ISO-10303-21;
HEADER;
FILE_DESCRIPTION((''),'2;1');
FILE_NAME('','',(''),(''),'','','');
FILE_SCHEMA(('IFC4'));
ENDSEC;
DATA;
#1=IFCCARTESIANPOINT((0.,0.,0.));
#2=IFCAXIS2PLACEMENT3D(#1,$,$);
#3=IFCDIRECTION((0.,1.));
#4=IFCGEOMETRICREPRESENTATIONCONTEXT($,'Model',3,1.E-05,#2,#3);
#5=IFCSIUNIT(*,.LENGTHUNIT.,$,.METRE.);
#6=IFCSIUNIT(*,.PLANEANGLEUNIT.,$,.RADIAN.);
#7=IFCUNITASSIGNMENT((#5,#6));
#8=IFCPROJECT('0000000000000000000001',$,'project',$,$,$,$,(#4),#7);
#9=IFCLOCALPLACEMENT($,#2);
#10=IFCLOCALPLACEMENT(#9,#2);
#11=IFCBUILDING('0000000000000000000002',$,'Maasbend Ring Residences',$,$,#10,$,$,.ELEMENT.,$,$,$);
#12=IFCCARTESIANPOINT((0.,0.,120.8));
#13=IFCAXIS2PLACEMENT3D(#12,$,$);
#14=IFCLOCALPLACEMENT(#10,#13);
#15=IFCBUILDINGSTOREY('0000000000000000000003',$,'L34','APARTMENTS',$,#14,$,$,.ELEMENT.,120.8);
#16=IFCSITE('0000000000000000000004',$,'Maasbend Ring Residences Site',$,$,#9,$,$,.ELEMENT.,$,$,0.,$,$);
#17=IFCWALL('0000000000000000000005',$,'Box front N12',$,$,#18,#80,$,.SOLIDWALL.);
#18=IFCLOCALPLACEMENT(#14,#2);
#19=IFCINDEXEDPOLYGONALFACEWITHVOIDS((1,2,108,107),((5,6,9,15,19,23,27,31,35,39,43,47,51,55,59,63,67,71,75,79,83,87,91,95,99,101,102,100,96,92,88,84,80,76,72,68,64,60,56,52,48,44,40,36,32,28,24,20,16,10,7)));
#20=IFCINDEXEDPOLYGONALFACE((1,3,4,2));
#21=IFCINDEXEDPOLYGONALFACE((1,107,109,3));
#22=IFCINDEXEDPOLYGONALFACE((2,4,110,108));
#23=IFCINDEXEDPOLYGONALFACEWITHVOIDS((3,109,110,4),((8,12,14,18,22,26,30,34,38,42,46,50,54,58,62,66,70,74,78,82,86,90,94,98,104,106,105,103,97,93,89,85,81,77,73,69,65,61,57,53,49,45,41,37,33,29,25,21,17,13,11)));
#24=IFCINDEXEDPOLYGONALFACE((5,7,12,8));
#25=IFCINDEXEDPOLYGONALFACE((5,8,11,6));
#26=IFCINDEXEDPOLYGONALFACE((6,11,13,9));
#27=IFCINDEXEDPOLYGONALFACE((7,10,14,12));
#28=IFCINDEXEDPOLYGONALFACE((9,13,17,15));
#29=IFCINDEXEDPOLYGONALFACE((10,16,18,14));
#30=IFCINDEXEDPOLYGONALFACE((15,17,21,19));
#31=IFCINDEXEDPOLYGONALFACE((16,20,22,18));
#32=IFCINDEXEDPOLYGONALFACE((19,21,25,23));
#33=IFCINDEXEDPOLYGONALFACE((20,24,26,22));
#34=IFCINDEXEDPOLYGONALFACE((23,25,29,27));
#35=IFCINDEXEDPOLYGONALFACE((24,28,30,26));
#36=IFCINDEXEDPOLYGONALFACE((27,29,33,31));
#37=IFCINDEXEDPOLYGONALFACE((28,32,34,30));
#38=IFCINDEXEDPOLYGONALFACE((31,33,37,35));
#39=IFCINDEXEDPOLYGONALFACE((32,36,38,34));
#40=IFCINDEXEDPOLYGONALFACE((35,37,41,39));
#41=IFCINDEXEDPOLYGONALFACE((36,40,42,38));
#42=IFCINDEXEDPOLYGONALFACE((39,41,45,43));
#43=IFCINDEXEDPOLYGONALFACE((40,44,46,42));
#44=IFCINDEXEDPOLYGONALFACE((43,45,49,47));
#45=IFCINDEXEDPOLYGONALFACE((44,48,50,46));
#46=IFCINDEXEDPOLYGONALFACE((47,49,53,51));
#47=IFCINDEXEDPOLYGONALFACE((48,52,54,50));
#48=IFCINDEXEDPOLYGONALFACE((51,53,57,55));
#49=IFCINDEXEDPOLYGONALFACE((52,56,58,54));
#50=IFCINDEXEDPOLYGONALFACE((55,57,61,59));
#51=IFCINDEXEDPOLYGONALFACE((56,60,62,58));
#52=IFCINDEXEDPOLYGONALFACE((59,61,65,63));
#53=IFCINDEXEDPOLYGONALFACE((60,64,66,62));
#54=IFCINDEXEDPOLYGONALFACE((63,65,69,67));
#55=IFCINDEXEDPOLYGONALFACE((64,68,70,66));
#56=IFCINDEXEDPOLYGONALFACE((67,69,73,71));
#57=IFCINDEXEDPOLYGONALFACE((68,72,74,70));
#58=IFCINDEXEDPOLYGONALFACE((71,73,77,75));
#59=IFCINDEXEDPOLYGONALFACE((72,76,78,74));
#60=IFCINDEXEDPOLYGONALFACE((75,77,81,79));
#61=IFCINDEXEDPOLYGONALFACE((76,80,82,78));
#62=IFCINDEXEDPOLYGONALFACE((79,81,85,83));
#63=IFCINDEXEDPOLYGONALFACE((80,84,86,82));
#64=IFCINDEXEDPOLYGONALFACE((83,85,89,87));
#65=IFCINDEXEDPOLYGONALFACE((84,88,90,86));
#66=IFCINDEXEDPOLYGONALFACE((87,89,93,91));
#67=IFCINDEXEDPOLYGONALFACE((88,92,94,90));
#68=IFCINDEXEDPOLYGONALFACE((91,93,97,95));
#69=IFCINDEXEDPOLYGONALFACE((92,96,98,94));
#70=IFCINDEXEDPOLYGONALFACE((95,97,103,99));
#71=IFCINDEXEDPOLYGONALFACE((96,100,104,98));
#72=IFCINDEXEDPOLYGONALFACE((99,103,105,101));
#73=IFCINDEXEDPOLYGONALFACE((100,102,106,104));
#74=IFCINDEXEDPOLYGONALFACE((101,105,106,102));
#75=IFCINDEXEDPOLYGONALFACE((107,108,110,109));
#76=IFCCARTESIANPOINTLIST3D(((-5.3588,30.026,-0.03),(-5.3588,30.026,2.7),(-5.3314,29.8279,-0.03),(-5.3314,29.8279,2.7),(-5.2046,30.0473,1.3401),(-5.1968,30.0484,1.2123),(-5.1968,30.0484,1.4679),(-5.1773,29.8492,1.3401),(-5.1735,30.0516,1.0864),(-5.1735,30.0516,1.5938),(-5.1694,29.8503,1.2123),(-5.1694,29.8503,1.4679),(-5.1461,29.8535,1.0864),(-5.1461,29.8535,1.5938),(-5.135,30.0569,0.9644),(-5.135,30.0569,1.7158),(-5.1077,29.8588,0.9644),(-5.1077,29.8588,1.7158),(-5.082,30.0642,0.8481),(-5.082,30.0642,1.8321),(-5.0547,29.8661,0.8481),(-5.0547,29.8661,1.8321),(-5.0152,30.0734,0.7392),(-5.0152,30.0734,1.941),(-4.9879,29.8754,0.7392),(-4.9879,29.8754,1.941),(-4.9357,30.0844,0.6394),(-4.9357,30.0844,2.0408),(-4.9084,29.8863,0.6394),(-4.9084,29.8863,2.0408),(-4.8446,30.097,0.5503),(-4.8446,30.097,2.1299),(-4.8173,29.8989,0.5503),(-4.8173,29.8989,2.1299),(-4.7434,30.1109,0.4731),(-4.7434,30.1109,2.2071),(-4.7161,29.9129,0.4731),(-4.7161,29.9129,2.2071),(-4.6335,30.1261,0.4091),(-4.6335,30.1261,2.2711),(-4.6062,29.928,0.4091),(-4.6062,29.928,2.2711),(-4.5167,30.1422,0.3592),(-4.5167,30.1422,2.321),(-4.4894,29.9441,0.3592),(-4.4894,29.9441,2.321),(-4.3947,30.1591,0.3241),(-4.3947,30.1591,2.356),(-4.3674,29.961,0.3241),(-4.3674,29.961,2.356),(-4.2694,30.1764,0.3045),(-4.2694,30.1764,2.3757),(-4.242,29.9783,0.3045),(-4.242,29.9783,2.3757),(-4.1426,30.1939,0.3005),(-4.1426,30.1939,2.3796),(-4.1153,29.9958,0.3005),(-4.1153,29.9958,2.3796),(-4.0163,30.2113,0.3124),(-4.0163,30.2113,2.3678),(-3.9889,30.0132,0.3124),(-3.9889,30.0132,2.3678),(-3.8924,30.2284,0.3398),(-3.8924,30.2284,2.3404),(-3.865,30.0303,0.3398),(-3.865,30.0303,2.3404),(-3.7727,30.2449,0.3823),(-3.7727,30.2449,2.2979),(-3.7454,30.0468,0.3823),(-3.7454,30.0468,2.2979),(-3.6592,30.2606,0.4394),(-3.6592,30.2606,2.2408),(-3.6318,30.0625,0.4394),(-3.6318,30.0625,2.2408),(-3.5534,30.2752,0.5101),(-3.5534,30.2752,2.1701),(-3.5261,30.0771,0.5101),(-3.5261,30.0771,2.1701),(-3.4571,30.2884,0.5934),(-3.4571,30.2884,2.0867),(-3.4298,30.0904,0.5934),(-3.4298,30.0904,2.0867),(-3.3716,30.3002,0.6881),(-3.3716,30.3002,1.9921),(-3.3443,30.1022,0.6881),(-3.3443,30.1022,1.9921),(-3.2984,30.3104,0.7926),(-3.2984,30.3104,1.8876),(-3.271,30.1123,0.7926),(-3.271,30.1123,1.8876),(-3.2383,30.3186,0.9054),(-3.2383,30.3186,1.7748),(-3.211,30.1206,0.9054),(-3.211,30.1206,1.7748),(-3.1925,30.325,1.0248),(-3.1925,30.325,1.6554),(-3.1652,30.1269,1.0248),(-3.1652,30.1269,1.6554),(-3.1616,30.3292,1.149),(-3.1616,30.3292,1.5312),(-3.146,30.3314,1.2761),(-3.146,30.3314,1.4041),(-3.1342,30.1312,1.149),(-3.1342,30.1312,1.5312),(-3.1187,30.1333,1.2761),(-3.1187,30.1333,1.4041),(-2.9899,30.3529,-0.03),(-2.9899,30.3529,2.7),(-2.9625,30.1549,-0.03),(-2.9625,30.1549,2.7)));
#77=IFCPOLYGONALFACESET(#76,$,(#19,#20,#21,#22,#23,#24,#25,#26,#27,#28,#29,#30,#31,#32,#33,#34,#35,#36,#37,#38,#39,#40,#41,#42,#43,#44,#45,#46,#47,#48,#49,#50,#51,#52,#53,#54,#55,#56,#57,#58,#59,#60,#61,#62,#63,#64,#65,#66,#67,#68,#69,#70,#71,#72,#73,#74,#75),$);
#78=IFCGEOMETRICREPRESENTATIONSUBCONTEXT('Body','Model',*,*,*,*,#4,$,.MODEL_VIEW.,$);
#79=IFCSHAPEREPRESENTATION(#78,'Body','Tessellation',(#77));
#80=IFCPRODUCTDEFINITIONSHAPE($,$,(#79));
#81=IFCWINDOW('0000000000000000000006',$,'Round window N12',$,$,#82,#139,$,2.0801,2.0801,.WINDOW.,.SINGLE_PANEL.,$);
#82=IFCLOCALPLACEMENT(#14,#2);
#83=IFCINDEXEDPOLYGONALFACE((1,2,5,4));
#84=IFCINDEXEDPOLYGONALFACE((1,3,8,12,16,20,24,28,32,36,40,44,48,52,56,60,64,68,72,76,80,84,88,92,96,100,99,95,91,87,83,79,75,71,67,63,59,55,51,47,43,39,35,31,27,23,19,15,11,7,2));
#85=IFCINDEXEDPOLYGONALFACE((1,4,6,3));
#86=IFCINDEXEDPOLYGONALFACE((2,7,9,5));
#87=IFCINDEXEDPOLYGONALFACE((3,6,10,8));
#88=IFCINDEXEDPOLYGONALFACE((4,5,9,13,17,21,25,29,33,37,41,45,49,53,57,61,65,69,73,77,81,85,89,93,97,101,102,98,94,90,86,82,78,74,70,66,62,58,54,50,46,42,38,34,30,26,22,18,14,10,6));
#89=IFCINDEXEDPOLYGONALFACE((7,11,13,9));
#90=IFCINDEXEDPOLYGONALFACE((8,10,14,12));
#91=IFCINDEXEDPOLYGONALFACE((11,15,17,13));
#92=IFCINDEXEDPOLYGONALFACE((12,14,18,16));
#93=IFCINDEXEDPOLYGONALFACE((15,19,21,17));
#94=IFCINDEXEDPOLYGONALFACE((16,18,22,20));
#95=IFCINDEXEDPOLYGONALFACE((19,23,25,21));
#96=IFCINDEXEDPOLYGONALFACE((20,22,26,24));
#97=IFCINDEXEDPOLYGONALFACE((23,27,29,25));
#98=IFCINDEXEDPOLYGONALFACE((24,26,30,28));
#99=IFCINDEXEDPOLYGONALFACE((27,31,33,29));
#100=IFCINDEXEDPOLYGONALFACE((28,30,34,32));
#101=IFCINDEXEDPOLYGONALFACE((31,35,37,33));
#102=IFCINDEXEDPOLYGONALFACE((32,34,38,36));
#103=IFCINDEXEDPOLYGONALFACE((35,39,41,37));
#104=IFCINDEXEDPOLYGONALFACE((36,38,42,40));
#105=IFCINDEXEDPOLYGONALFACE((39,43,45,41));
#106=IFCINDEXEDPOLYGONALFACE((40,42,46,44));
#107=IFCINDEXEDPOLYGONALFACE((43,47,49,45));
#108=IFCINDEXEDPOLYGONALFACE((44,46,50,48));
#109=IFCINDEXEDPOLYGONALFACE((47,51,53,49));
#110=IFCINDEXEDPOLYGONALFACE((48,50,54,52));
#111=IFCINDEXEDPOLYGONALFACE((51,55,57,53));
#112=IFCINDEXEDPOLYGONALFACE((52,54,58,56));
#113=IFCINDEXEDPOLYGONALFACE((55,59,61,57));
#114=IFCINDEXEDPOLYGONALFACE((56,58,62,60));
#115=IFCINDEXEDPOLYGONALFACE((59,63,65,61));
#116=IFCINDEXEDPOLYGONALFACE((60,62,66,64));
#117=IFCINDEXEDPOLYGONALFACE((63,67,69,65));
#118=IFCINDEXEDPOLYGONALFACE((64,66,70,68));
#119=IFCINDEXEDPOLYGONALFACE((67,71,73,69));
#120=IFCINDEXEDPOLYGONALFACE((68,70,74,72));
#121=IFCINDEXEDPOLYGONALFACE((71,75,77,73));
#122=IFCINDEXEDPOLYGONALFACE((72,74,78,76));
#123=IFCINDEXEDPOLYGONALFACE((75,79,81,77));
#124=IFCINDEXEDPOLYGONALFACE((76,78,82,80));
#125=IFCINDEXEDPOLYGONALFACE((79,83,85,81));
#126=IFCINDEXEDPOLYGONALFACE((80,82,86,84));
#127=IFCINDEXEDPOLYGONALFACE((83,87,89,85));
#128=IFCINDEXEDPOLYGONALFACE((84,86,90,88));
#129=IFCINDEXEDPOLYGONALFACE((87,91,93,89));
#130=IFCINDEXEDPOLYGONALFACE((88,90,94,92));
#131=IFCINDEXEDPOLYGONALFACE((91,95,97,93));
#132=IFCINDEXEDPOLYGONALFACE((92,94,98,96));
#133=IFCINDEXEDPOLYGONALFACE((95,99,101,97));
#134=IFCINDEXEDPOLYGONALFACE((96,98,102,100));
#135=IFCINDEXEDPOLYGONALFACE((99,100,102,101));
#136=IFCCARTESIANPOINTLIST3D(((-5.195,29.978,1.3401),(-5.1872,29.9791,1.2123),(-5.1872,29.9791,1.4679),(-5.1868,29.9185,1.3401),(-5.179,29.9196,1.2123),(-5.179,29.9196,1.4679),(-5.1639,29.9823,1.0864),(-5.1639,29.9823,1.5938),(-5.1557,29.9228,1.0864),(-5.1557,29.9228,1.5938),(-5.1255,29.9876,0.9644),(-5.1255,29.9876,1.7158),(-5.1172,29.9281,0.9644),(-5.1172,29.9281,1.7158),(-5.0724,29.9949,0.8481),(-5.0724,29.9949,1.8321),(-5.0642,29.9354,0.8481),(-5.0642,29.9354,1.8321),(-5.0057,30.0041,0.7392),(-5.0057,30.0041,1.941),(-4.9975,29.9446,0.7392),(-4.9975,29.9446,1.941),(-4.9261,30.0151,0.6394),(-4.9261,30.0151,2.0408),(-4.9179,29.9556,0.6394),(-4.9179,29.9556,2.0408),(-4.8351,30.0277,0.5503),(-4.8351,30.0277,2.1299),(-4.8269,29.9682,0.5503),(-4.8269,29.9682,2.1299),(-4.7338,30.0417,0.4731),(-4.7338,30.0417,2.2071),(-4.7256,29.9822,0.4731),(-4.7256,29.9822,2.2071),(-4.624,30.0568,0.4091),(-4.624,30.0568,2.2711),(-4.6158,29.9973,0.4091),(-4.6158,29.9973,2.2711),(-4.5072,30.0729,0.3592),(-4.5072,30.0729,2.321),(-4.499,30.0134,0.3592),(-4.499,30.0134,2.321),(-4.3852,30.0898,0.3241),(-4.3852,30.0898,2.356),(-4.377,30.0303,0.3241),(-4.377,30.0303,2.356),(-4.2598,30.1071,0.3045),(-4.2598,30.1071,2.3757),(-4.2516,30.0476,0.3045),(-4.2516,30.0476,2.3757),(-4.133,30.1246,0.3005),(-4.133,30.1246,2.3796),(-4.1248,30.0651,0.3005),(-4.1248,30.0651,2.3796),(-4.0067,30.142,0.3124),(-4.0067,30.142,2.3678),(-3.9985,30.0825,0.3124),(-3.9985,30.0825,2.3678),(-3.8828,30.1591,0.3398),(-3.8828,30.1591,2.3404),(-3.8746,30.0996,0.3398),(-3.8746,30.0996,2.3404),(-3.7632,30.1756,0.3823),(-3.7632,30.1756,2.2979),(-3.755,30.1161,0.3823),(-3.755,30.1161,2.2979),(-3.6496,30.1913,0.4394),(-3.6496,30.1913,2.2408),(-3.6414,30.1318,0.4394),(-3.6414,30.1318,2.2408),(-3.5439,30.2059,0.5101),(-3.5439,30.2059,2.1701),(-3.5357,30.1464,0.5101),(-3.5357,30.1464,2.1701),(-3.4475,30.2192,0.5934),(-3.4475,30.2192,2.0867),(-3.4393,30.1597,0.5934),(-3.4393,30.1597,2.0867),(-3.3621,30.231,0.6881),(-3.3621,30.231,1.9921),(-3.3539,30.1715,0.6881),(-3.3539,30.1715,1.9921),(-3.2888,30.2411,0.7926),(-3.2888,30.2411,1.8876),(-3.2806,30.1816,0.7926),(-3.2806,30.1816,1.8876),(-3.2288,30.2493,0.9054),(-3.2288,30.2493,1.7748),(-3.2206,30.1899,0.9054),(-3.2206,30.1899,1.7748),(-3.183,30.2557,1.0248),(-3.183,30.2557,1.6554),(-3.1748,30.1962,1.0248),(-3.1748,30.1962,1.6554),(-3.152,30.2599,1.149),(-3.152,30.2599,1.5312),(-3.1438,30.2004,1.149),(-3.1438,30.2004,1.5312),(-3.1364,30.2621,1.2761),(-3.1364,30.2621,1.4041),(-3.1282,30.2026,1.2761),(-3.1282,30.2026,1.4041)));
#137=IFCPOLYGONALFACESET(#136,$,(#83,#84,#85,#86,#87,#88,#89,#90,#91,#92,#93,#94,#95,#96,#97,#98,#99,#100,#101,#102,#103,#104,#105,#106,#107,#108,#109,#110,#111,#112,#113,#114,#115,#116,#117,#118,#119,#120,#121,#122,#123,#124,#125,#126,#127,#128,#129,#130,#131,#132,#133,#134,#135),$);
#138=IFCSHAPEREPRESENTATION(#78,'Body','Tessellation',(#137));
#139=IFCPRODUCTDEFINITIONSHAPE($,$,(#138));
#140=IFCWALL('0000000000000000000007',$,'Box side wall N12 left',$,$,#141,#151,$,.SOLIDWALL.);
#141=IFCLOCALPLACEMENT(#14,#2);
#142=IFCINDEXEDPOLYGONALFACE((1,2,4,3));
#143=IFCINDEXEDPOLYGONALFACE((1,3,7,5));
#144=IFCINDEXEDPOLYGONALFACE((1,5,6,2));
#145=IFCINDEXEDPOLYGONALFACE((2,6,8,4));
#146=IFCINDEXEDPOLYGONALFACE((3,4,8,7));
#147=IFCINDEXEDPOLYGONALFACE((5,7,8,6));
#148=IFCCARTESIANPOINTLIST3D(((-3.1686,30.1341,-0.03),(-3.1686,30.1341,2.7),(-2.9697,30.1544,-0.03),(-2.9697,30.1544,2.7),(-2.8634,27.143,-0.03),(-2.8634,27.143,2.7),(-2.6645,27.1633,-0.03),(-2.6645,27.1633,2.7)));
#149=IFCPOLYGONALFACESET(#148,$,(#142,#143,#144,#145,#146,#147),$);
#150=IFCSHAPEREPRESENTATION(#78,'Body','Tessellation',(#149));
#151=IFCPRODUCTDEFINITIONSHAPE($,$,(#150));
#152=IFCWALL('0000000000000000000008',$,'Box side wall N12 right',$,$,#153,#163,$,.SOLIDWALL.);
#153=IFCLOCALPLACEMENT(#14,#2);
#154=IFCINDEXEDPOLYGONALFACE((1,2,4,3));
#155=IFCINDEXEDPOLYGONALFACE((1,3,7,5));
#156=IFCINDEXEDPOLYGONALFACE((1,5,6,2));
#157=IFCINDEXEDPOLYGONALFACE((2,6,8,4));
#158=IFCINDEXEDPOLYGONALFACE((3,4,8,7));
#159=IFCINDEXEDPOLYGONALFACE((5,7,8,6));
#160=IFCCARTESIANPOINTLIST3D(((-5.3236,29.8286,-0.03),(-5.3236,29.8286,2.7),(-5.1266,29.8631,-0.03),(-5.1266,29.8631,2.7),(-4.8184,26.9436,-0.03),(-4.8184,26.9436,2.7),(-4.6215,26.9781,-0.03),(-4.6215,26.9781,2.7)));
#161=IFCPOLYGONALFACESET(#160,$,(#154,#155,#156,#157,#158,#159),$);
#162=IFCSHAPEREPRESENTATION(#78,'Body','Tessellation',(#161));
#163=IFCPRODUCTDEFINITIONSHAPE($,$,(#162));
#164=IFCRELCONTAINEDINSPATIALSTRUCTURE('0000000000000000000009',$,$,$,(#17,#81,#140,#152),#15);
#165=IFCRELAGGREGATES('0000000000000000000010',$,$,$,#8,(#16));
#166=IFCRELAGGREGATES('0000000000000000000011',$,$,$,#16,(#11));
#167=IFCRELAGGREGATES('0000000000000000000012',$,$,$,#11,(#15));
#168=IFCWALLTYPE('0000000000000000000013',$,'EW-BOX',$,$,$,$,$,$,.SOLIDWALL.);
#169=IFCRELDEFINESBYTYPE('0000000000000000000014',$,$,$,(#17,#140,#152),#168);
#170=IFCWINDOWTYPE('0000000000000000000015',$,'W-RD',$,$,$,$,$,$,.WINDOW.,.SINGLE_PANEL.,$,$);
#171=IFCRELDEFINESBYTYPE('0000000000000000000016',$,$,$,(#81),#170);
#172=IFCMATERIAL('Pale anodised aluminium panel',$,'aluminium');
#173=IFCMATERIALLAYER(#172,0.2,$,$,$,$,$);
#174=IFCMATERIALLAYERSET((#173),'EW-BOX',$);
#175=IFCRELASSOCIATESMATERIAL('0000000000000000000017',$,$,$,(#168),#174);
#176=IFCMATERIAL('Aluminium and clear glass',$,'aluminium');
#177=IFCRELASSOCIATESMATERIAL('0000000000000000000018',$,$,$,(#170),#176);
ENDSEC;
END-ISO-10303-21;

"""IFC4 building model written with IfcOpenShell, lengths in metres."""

from ifc_helpers import new_model, si_unit, direction, frame, frame_2d, origin, place, context, subcontext, project, spatial, rectangle, circle, extrude, material, layer, layer_set, type_object, element, fill, save


model = new_model("IFC4")

# Units and contexts
model_context = context("Model", 3, precision=1e-05, world=origin(), true_north=direction((0.0, 1.0)))
body_context = subcontext(model_context, "Body", "Model", "MODEL_VIEW")
ifc_project = project(units=[si_unit("LENGTHUNIT", "METRE"), si_unit("PLANEANGLEUNIT", "RADIAN")], contexts=[model_context])

# Site, building, storey
site_placement = place(None, origin())
site = spatial("IfcSite", under=ifc_project, at=site_placement, Name="Maasbend Ring Residences Site", CompositionType="ELEMENT", RefElevation=0.0)
building_placement = place(site_placement, origin())
building = spatial("IfcBuilding", under=site, at=building_placement, Name="Maasbend Ring Residences", CompositionType="ELEMENT")
storey_placement = place(building_placement, frame((0.0, 0.0, 120.8)))
storey = spatial("IfcBuildingStorey", under=building, at=storey_placement, Name="L34", Description="APARTMENTS", CompositionType="ELEMENT", Elevation=120.8)

# Wall, opening, window
ifc_material_1 = material(Name="Pale anodised aluminium panel", Category="aluminium")
ifc_layer_1 = layer(ifc_material_1, 0.2)
ifc_layer_set_1 = layer_set([ifc_layer_1], Name="EW-BOX")
wall_type_1 = type_object("IfcWallType", Name="EW-BOX", PredefinedType="SOLIDWALL", material=ifc_layer_set_1)
wall_1_placement = place(storey_placement, frame((-2.9761, 30.2539, -0.03), z_axis=(0.0, 0.0, 1.0), x_axis=(-0.990612, -0.136703, 0.0)))
wall_1 = element("IfcWall", 1, at=wall_1_placement, inside=storey, type_object=wall_type_1, Name="Box front N12", PredefinedType="SOLIDWALL", context=body_context, shape_type="SweptSolid", body=[
    extrude(rectangle(XDim=2.3914, YDim=0.2, at=frame_2d((1.1958, 0.0))), origin(), (0.0, 0.0, 1.0), 2.73),
])
opening_1_placement = place(wall_1_placement, frame((0.1558, 0.0, 0.3301)))
opening_1 = element("IfcOpeningElement", 2, at=opening_1_placement, cuts=wall_1, PredefinedType="OPENING", context=body_context, shape_type="SweptSolid", body=[
    extrude(circle(Radius=1.04, at=frame_2d((1.04, 1.04))), frame((0.0, 0.1099, 0.0), z_axis=(0.0, -1.0, 0.0), x_axis=(1.0, 0.0, 0.0)), (0.0, 0.0, 1.0), 0.22),
])
ifc_material_2 = material(Name="Aluminium and clear glass", Category="aluminium")
window_type_1 = type_object("IfcWindowType", Name="W-RD", PartitioningType="SINGLE_PANEL", PredefinedType="WINDOW", material=ifc_material_2)
window_1_placement = place(opening_1_placement, origin())
window_1 = element("IfcWindow", 3, at=window_1_placement, inside=storey, type_object=window_type_1, Name="Round window N12", OverallHeight=2.0801, OverallWidth=2.0801, PartitioningType="SINGLE_PANEL", PredefinedType="WINDOW", context=body_context, shape_type="SweptSolid", body=[
    extrude(circle(Radius=1.04, at=frame_2d((1.04, 1.04))), frame((0.0, 0.03, 0.0), z_axis=(0.0, -1.0, 0.0), x_axis=(1.0, 0.0, 0.0)), (0.0, 0.0, 1.0), 0.0601),
])
fill(opening_1, window_1)

# Walls
wall_2_placement = place(storey_placement, frame((-2.7639, 27.1531, -0.03), z_axis=(0.0, 0.0, 1.0), x_axis=(-0.101505, 0.994835, 0.0)))
element("IfcWall", 4, at=wall_2_placement, inside=storey, type_object=wall_type_1, Name="Box side wall N12 left", PredefinedType="SOLIDWALL", context=body_context, shape_type="SweptSolid", body=[
    extrude(rectangle(XDim=3.0066, YDim=0.2, at=frame_2d((1.5034, 0.0))), origin(), (0.0, 0.0, 1.0), 2.73),
])
wall_3_placement = place(storey_placement, frame((-4.72, 26.9609, -0.03), z_axis=(0.0, 0.0, 1.0), x_axis=(-0.172463, 0.985016, 0.0)))
element("IfcWall", 5, at=wall_3_placement, inside=storey, type_object=wall_type_1, Name="Box side wall N12 right", PredefinedType="SOLIDWALL", context=body_context, shape_type="SweptSolid", body=[
    extrude(rectangle(XDim=2.929, YDim=0.2, at=frame_2d((1.4644, 0.0))), origin(), (0.0, 0.0, 1.0), 2.73),
])

save(model, "model.ifc")
